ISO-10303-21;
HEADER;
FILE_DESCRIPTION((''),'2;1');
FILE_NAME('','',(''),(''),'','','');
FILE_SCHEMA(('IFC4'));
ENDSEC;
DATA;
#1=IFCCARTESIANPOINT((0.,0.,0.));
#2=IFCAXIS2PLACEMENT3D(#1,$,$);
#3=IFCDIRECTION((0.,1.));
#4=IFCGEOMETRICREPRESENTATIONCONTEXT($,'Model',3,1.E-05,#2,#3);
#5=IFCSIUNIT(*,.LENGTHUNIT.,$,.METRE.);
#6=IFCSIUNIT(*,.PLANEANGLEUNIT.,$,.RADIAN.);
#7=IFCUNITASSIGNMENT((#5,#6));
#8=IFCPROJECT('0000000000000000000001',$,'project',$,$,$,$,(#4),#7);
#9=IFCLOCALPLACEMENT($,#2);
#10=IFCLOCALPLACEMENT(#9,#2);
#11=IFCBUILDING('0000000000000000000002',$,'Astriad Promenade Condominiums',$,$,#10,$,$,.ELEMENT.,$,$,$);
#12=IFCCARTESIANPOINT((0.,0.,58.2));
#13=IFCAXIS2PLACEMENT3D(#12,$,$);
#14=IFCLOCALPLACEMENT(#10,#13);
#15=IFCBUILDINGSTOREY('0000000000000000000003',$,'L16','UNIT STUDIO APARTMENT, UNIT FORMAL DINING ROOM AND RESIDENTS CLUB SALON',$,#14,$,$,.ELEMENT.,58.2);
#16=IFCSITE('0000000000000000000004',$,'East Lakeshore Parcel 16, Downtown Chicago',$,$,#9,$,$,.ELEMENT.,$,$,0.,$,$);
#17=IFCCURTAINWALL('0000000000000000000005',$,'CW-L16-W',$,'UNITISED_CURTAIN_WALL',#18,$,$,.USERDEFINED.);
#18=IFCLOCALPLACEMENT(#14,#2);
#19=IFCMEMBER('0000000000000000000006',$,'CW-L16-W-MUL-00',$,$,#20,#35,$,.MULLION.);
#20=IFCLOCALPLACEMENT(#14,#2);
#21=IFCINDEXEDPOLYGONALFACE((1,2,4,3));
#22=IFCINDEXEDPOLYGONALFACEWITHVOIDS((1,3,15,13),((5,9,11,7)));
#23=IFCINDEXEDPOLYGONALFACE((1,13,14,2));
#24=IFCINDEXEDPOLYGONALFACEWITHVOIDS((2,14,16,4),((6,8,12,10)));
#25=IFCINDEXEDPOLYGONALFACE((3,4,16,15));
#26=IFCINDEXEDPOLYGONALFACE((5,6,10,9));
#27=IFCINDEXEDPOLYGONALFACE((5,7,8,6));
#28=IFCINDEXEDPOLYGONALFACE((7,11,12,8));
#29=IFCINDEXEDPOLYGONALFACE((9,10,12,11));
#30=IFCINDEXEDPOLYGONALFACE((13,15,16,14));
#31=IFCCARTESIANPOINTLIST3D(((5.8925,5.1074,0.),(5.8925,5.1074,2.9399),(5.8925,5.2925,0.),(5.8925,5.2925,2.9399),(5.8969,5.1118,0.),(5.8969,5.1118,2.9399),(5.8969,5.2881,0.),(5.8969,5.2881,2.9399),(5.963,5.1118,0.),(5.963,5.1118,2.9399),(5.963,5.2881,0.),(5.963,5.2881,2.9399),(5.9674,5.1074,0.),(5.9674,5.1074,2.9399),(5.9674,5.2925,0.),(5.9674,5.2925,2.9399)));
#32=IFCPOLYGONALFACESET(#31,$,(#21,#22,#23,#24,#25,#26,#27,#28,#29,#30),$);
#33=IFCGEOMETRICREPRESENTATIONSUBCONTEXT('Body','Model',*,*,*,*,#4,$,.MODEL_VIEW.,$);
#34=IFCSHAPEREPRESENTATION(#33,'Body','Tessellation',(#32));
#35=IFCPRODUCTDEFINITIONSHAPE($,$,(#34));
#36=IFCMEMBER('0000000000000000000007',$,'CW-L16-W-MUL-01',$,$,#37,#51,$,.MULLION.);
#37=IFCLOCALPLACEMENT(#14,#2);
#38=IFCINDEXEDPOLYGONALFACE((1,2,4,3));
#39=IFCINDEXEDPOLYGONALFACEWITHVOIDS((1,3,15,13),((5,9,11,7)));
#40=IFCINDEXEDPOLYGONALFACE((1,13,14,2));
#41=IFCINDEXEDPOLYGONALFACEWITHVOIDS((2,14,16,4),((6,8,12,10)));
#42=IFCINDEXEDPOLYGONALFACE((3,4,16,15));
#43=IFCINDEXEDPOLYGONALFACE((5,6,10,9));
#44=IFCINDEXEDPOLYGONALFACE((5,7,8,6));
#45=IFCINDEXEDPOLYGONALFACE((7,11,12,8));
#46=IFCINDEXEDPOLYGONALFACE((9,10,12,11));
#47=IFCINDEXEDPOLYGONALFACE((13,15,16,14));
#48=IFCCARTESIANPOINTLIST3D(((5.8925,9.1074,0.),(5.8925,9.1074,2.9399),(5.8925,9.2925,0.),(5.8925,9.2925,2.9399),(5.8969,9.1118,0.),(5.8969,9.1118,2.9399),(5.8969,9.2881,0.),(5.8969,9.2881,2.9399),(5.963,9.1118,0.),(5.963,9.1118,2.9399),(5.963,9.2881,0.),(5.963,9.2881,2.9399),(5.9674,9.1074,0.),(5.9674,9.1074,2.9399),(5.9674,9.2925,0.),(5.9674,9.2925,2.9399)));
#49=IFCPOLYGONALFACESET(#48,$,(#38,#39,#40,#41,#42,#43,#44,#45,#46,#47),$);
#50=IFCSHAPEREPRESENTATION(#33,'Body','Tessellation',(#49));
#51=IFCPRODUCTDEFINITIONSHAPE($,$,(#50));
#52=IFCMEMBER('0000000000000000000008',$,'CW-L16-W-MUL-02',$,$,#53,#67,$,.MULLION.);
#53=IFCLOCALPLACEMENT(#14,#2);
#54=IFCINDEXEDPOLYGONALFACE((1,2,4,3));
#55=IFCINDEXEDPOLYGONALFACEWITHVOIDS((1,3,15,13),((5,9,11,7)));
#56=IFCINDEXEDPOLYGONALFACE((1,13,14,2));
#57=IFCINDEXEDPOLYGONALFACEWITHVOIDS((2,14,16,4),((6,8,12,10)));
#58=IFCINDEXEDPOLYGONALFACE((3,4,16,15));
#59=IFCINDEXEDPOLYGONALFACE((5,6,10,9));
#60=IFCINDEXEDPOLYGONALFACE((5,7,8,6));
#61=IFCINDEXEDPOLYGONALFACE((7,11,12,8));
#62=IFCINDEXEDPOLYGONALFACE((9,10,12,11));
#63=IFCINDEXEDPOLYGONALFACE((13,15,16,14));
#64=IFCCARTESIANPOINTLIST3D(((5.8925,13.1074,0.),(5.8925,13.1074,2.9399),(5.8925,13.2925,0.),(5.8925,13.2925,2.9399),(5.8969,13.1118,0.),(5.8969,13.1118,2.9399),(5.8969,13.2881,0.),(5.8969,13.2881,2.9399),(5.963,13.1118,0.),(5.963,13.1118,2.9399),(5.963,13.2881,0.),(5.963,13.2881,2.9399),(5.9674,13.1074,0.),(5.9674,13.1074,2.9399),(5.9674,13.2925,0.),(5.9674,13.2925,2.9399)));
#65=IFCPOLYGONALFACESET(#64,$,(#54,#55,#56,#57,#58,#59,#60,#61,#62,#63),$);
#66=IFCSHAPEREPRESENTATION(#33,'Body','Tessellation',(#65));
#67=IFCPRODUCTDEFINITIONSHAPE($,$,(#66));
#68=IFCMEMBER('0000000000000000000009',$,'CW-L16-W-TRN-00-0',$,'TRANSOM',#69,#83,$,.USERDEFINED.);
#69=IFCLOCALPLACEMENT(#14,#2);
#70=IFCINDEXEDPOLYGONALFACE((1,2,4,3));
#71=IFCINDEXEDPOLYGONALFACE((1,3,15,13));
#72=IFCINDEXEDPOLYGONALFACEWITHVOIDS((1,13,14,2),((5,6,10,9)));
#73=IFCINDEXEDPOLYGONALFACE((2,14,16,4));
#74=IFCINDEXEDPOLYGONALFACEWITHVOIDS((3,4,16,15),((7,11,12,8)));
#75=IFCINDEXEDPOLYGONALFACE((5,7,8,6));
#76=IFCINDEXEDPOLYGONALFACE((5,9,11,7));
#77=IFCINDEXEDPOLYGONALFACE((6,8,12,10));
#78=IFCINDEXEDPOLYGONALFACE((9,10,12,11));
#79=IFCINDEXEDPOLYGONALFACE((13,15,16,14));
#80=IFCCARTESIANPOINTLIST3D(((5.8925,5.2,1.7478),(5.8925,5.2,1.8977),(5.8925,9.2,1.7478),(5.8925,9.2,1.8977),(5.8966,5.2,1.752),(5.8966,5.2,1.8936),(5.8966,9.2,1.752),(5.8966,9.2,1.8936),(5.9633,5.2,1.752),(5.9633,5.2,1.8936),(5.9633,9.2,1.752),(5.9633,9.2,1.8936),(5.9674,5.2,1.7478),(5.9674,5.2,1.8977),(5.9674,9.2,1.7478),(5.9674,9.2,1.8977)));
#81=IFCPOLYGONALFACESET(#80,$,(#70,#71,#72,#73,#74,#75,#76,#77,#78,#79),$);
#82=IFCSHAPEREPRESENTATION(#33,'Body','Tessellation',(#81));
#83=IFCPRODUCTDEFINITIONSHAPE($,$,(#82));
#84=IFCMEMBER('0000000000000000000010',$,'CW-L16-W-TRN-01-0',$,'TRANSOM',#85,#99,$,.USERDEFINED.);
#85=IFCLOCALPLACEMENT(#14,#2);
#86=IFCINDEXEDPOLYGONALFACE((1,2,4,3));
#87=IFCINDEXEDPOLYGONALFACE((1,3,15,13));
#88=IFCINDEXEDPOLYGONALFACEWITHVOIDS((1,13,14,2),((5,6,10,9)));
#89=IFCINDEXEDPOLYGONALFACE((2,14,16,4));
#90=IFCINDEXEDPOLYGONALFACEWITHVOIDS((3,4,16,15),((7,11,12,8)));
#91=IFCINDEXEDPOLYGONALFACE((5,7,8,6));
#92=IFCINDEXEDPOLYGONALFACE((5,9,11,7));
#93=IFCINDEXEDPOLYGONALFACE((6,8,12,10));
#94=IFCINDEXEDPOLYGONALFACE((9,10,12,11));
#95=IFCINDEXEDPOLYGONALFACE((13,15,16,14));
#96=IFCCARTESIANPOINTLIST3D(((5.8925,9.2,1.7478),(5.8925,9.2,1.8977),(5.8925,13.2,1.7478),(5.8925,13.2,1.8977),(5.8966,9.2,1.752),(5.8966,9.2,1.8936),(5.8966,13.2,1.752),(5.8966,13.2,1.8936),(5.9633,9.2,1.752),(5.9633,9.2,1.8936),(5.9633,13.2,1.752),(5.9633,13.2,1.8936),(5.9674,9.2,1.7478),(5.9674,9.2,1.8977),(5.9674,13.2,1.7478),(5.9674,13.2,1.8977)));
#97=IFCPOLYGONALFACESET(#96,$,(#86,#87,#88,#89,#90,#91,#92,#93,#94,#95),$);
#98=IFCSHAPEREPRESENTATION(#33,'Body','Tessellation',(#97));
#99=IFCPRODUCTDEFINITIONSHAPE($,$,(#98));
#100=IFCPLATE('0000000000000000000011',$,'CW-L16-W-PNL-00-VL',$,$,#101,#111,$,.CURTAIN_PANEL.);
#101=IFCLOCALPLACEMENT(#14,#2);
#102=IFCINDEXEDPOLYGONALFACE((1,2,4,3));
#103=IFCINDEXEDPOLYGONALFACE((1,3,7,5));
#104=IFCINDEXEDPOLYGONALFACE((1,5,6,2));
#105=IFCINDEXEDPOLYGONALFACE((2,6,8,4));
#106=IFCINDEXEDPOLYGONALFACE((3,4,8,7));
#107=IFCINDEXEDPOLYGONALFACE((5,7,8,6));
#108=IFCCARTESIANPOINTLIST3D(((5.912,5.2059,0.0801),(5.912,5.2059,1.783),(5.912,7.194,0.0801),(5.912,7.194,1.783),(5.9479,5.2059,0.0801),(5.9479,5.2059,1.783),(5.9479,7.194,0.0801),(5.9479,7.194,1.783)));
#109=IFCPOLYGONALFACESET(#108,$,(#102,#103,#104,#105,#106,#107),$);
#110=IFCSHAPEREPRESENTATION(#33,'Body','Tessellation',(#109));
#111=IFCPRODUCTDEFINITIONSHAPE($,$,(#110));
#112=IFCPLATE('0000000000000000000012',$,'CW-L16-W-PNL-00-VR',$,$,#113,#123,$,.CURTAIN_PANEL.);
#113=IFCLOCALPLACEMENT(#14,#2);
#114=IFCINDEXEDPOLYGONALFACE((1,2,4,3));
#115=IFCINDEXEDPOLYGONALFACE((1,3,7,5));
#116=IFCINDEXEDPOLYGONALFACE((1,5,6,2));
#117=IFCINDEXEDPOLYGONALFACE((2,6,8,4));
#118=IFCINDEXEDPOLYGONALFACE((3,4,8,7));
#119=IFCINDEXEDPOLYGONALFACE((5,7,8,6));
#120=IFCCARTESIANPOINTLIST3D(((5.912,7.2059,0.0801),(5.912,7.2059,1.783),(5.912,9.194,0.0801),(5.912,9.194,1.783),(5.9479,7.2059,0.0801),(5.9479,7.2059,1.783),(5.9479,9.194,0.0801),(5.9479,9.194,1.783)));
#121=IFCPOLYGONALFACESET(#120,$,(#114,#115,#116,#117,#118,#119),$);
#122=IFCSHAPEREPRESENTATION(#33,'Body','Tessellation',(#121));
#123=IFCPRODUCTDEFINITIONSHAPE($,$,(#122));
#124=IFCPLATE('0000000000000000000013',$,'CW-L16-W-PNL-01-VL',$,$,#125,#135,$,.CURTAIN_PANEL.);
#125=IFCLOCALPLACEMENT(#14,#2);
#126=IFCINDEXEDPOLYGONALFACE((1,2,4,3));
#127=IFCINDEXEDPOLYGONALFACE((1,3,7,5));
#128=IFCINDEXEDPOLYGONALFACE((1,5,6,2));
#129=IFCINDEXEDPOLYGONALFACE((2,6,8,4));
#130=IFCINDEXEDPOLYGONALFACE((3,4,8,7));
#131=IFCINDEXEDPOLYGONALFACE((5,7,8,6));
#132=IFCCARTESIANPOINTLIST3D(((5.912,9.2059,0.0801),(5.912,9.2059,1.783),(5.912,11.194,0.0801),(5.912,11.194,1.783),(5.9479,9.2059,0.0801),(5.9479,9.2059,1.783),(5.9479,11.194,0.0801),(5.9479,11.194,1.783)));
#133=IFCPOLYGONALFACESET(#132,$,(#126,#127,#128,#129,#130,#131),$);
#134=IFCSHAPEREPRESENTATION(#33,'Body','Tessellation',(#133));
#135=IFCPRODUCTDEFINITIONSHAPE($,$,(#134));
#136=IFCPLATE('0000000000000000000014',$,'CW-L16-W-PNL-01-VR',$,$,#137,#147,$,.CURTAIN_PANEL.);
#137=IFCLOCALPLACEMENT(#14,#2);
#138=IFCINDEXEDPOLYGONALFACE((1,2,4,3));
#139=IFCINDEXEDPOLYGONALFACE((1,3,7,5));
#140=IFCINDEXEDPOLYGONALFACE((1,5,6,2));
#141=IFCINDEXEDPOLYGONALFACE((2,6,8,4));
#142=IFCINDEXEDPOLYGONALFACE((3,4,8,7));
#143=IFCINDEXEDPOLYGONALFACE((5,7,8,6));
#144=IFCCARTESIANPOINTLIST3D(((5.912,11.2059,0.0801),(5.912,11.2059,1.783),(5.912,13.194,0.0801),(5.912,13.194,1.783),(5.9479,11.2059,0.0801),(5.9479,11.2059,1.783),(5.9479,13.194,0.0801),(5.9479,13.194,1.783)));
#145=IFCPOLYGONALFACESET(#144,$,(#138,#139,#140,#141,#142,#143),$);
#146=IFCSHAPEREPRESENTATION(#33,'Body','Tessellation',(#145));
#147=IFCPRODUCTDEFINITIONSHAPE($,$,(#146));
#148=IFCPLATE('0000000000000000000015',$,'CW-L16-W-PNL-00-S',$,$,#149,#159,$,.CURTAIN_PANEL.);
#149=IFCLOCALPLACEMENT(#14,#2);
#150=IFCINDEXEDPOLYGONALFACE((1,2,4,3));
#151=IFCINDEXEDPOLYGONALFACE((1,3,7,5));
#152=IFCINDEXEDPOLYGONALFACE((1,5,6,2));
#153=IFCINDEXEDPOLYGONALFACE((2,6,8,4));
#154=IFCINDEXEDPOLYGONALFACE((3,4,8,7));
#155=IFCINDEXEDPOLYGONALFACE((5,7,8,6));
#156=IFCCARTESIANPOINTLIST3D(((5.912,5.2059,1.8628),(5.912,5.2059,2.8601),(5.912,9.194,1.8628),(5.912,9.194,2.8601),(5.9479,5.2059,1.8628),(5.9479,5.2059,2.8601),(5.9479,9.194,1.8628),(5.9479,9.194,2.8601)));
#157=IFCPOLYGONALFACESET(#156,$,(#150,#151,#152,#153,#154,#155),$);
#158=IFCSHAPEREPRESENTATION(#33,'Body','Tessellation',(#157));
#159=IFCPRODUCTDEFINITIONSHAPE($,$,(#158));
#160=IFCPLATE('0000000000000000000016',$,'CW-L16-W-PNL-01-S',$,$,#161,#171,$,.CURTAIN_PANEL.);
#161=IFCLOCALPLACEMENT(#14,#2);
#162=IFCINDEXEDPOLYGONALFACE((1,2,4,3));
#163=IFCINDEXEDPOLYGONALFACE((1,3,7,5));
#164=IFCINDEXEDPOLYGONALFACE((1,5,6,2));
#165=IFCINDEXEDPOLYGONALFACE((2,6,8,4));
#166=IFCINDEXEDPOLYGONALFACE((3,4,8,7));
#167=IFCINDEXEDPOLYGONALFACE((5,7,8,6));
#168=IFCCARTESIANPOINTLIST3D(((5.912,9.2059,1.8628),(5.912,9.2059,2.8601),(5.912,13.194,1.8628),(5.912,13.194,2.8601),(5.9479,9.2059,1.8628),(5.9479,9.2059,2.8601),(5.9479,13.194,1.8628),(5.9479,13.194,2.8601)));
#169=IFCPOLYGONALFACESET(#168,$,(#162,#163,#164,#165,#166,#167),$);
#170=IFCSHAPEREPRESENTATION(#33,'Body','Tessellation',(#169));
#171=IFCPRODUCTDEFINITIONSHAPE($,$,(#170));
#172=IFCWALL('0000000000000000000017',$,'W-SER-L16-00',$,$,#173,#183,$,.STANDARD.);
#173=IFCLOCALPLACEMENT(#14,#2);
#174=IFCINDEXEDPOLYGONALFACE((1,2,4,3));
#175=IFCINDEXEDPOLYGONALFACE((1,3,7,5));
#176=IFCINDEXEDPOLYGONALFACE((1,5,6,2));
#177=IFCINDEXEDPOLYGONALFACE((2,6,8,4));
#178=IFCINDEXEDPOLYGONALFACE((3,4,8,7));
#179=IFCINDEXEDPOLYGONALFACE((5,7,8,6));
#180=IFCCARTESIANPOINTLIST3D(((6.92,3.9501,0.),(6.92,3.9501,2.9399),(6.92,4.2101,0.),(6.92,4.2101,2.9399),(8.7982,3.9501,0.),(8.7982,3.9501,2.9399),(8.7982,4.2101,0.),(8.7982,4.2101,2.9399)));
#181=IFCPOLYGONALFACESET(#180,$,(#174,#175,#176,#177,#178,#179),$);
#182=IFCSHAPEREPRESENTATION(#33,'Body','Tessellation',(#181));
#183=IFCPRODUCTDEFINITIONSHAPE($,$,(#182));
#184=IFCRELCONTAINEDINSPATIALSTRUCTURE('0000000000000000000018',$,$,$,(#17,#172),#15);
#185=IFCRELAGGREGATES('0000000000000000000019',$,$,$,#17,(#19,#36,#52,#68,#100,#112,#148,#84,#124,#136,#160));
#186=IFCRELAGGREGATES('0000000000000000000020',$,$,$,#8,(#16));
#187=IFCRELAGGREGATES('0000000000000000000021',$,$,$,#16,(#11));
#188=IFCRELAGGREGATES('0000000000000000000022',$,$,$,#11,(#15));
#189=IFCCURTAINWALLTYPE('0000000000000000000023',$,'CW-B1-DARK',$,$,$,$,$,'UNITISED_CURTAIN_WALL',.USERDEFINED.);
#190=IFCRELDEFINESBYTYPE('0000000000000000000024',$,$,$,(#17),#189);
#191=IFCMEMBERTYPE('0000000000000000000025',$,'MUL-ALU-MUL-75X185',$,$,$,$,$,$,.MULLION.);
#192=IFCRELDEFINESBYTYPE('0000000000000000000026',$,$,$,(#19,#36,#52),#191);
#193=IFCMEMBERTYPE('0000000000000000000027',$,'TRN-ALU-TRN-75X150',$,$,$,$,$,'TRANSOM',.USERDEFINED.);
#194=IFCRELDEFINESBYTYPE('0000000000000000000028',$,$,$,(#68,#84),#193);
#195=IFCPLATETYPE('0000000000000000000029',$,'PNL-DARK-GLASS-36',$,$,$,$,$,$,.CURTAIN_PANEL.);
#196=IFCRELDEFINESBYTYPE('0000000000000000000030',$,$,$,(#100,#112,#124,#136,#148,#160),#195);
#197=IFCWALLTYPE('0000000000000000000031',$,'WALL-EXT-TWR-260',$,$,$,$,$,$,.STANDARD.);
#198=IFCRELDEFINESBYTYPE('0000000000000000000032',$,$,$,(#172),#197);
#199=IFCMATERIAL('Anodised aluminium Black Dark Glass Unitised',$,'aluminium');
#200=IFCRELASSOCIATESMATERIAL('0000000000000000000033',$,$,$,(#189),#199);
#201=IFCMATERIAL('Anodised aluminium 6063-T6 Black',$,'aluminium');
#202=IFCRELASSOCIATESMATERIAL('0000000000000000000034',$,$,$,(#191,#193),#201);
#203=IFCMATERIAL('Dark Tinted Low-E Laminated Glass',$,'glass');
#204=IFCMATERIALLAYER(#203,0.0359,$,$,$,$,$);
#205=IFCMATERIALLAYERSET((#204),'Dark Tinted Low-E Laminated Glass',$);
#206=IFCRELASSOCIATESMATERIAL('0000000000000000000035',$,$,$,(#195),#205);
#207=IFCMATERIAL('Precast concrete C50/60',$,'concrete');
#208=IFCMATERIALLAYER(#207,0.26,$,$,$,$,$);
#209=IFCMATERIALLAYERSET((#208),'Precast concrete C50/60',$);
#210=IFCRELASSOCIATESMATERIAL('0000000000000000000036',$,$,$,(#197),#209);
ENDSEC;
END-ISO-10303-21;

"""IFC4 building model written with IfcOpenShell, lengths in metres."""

from ifc_helpers import new_model, si_unit, direction, frame, frame_2d, origin, origin_2d, place, context, subcontext, project, spatial, rectangle, hollow_rectangle, extrude, source, transform, mapped, material, layer, layer_set, material_profile, profile_set, type_object, type_shapes, element, aggregate, save


model = new_model("IFC4")

# Units and contexts
model_context = context("Model", 3, precision=1e-05, world=origin(), true_north=direction((0.0, 1.0)))
body_context = subcontext(model_context, "Body", "Model", "MODEL_VIEW")
ifc_project = project(units=[si_unit("LENGTHUNIT", "METRE"), si_unit("PLANEANGLEUNIT", "RADIAN")], contexts=[model_context])

# Site, building, storey
site_placement = place(None, origin())
site = spatial("IfcSite", under=ifc_project, at=site_placement, Name="East Lakeshore Parcel 16, Downtown Chicago", CompositionType="ELEMENT", RefElevation=0.0)
building_placement = place(site_placement, origin())
building = spatial("IfcBuilding", under=site, at=building_placement, Name="Astriad Promenade Condominiums", CompositionType="ELEMENT")
storey_placement = place(building_placement, frame((0.0, 0.0, 58.2)))
storey = spatial("IfcBuildingStorey", under=building, at=storey_placement, Name="L16", Description="UNIT STUDIO APARTMENT, UNIT FORMAL DINING ROOM AND RESIDENTS CLUB SALON", CompositionType="ELEMENT", Elevation=58.2)

# Curtain wall, members, plates
ifc_material_1 = material(Name="Anodised aluminium Black Dark Glass Unitised", Category="aluminium")
curtain_wall_type = type_object("IfcCurtainWallType", Name="CW-B1-DARK", ElementType="UNITISED_CURTAIN_WALL", PredefinedType="USERDEFINED", material=ifc_material_1)
curtain_wall_placement = place(storey_placement, origin())
curtain_wall = element("IfcCurtainWall", 1, at=curtain_wall_placement, inside=storey, type_object=curtain_wall_type, Name="CW-L16-W", ObjectType="UNITISED_CURTAIN_WALL", PredefinedType="USERDEFINED")
ifc_material_2 = material(Name="Anodised aluminium 6063-T6 Black", Category="aluminium")
ifc_material_profile_1 = material_profile(ifc_material_2, hollow_rectangle(XDim=0.075, YDim=0.1851, WallThickness=0.0044, at=origin_2d()), Name="ALU-MUL-75X185")
ifc_profile_set_1 = profile_set([ifc_material_profile_1], Name="Anodised aluminium 6063-T6 Black")
member_type_1 = type_object("IfcMemberType", Name="MUL-ALU-MUL-75X185", PredefinedType="MULLION", material=ifc_profile_set_1)
shared_shape_1 = source(origin(), body_context, "Body", "SweptSolid", [
    extrude(hollow_rectangle(XDim=0.075, YDim=0.1851, WallThickness=0.0044, at=origin_2d()), origin(), (0.0, 0.0, 1.0), 2.9399),
])
type_shapes(member_type_1, [shared_shape_1])
member_1_placement = place(storey_placement, frame((5.9299, 5.2, 0.0), z_axis=(0.0, 0.0, 1.0), x_axis=(1.0, 0.0, 0.0)))
member_1 = element("IfcMember", 2, at=member_1_placement, type_object=member_type_1, Name="CW-L16-W-MUL-00", PredefinedType="MULLION", context=body_context, shape_type="MappedRepresentation", body=[
    mapped(shared_shape_1, transform((0.0, 0.0, 0.0), scale=1.0)),
])
member_2_placement = place(storey_placement, frame((5.9299, 9.2, 0.0), z_axis=(0.0, 0.0, 1.0), x_axis=(1.0, 0.0, 0.0)))
member_2 = element("IfcMember", 3, at=member_2_placement, type_object=member_type_1, Name="CW-L16-W-MUL-01", PredefinedType="MULLION", context=body_context, shape_type="MappedRepresentation", body=[
    mapped(shared_shape_1, transform((0.0, 0.0, 0.0), scale=1.0)),
])
member_3_placement = place(storey_placement, frame((5.9299, 13.2, 0.0), z_axis=(0.0, 0.0, 1.0), x_axis=(1.0, 0.0, 0.0)))
member_3 = element("IfcMember", 4, at=member_3_placement, type_object=member_type_1, Name="CW-L16-W-MUL-02", PredefinedType="MULLION", context=body_context, shape_type="MappedRepresentation", body=[
    mapped(shared_shape_1, transform((0.0, 0.0, 0.0), scale=1.0)),
])
ifc_material_profile_2 = material_profile(ifc_material_2, hollow_rectangle(XDim=0.075, YDim=0.1499, WallThickness=0.0042, at=origin_2d()), Name="ALU-TRN-75X150")
ifc_profile_set_2 = profile_set([ifc_material_profile_2], Name="Anodised aluminium 6063-T6 Black")
member_type_2 = type_object("IfcMemberType", Name="TRN-ALU-TRN-75X150", ElementType="TRANSOM", PredefinedType="USERDEFINED", material=ifc_profile_set_2)
shared_shape_2 = source(origin(), body_context, "Body", "SweptSolid", [
    extrude(hollow_rectangle(XDim=0.075, YDim=0.1499, WallThickness=0.0042, at=origin_2d()), origin(), (0.0, 0.0, 1.0), 4.0),
])
type_shapes(member_type_2, [shared_shape_2])
member_4_placement = place(storey_placement, frame((5.9299, 5.2, 1.8228), z_axis=(0.0, 1.0, 0.0), x_axis=(-1.0, 0.0, 0.0)))
member_4 = element("IfcMember", 5, at=member_4_placement, type_object=member_type_2, Name="CW-L16-W-TRN-00-0", ObjectType="TRANSOM", PredefinedType="USERDEFINED", context=body_context, shape_type="MappedRepresentation", body=[
    mapped(shared_shape_2, transform((0.0, 0.0, 0.0), scale=1.0)),
])
member_5_placement = place(storey_placement, frame((5.9299, 9.2, 1.8228), z_axis=(0.0, 1.0, 0.0), x_axis=(-1.0, 0.0, 0.0)))
member_5 = element("IfcMember", 6, at=member_5_placement, type_object=member_type_2, Name="CW-L16-W-TRN-01-0", ObjectType="TRANSOM", PredefinedType="USERDEFINED", context=body_context, shape_type="MappedRepresentation", body=[
    mapped(shared_shape_2, transform((0.0, 0.0, 0.0), scale=1.0)),
])
ifc_material_3 = material(Name="Dark Tinted Low-E Laminated Glass", Category="glass")
ifc_layer_1 = layer(ifc_material_3, 0.0359)
ifc_layer_set_1 = layer_set([ifc_layer_1], Name="Dark Tinted Low-E Laminated Glass")
plate_type = type_object("IfcPlateType", Name="PNL-DARK-GLASS-36", PredefinedType="CURTAIN_PANEL", material=ifc_layer_set_1)
shared_shape_3 = source(origin(), body_context, "Body", "SweptSolid", [
    extrude(rectangle(XDim=1.988, YDim=0.0359, at=origin_2d()), origin(), (0.0, 0.0, 1.0), 1.7029),
])
plate_1_placement = place(storey_placement, frame((5.9299, 6.2, 0.0801), z_axis=(0.0, 0.0, 1.0), x_axis=(0.0, 1.0, 0.0)))
plate_1 = element("IfcPlate", 7, at=plate_1_placement, type_object=plate_type, Name="CW-L16-W-PNL-00-VL", PredefinedType="CURTAIN_PANEL", context=body_context, shape_type="MappedRepresentation", body=[
    mapped(shared_shape_3, transform((0.0, 0.0, 0.0), scale=1.0)),
])
plate_2_placement = place(storey_placement, frame((5.9299, 8.2, 0.0801), z_axis=(0.0, 0.0, 1.0), x_axis=(0.0, 1.0, 0.0)))
plate_2 = element("IfcPlate", 8, at=plate_2_placement, type_object=plate_type, Name="CW-L16-W-PNL-00-VR", PredefinedType="CURTAIN_PANEL", context=body_context, shape_type="MappedRepresentation", body=[
    mapped(shared_shape_3, transform((0.0, 0.0, 0.0), scale=1.0)),
])
plate_3_placement = place(storey_placement, frame((5.9299, 10.2, 0.0801), z_axis=(0.0, 0.0, 1.0), x_axis=(0.0, 1.0, 0.0)))
plate_3 = element("IfcPlate", 9, at=plate_3_placement, type_object=plate_type, Name="CW-L16-W-PNL-01-VL", PredefinedType="CURTAIN_PANEL", context=body_context, shape_type="MappedRepresentation", body=[
    mapped(shared_shape_3, transform((0.0, 0.0, 0.0), scale=1.0)),
])
plate_4_placement = place(storey_placement, frame((5.9299, 12.2, 0.0801), z_axis=(0.0, 0.0, 1.0), x_axis=(0.0, 1.0, 0.0)))
plate_4 = element("IfcPlate", 10, at=plate_4_placement, type_object=plate_type, Name="CW-L16-W-PNL-01-VR", PredefinedType="CURTAIN_PANEL", context=body_context, shape_type="MappedRepresentation", body=[
    mapped(shared_shape_3, transform((0.0, 0.0, 0.0), scale=1.0)),
])
shared_shape_4 = source(origin(), body_context, "Body", "SweptSolid", [
    extrude(rectangle(XDim=3.988, YDim=0.0359, at=origin_2d()), origin(), (0.0, 0.0, 1.0), 0.9973),
])
type_shapes(plate_type, [shared_shape_3, shared_shape_4])
plate_5_placement = place(storey_placement, frame((5.9299, 7.2, 1.8628), z_axis=(0.0, 0.0, 1.0), x_axis=(0.0, 1.0, 0.0)))
plate_5 = element("IfcPlate", 11, at=plate_5_placement, type_object=plate_type, Name="CW-L16-W-PNL-00-S", PredefinedType="CURTAIN_PANEL", context=body_context, shape_type="MappedRepresentation", body=[
    mapped(shared_shape_4, transform((0.0, 0.0, 0.0), scale=1.0)),
])
plate_6_placement = place(storey_placement, frame((5.9299, 11.2, 1.8628), z_axis=(0.0, 0.0, 1.0), x_axis=(0.0, 1.0, 0.0)))
plate_6 = element("IfcPlate", 12, at=plate_6_placement, type_object=plate_type, Name="CW-L16-W-PNL-01-S", PredefinedType="CURTAIN_PANEL", context=body_context, shape_type="MappedRepresentation", body=[
    mapped(shared_shape_4, transform((0.0, 0.0, 0.0), scale=1.0)),
])
aggregate(curtain_wall, [member_1, member_2, member_3, member_4, plate_1, plate_2, plate_5, member_5, plate_3, plate_4, plate_6])

# Wall
ifc_material_4 = material(Name="Precast concrete C50/60", Category="concrete")
ifc_layer_2 = layer(ifc_material_4, 0.26)
ifc_layer_set_2 = layer_set([ifc_layer_2], Name="Precast concrete C50/60")
wall_type_1 = type_object("IfcWallType", Name="WALL-EXT-TWR-260", PredefinedType="STANDARD", material=ifc_layer_set_2)
wall_1_placement = place(storey_placement, frame((8.7981, 4.0801, 0.0), z_axis=(0.0, 0.0, 1.0), x_axis=(-1.0, 0.0, 0.0)))
element("IfcWall", 13, at=wall_1_placement, inside=storey, type_object=wall_type_1, Name="W-SER-L16-00", PredefinedType="STANDARD", context=body_context, shape_type="SweptSolid", body=[
    extrude(rectangle(XDim=1.8782, YDim=0.26, at=frame_2d((0.939, 0.0))), origin(), (0.0, 0.0, 1.0), 2.9399),
])

save(model, "model.ifc")
